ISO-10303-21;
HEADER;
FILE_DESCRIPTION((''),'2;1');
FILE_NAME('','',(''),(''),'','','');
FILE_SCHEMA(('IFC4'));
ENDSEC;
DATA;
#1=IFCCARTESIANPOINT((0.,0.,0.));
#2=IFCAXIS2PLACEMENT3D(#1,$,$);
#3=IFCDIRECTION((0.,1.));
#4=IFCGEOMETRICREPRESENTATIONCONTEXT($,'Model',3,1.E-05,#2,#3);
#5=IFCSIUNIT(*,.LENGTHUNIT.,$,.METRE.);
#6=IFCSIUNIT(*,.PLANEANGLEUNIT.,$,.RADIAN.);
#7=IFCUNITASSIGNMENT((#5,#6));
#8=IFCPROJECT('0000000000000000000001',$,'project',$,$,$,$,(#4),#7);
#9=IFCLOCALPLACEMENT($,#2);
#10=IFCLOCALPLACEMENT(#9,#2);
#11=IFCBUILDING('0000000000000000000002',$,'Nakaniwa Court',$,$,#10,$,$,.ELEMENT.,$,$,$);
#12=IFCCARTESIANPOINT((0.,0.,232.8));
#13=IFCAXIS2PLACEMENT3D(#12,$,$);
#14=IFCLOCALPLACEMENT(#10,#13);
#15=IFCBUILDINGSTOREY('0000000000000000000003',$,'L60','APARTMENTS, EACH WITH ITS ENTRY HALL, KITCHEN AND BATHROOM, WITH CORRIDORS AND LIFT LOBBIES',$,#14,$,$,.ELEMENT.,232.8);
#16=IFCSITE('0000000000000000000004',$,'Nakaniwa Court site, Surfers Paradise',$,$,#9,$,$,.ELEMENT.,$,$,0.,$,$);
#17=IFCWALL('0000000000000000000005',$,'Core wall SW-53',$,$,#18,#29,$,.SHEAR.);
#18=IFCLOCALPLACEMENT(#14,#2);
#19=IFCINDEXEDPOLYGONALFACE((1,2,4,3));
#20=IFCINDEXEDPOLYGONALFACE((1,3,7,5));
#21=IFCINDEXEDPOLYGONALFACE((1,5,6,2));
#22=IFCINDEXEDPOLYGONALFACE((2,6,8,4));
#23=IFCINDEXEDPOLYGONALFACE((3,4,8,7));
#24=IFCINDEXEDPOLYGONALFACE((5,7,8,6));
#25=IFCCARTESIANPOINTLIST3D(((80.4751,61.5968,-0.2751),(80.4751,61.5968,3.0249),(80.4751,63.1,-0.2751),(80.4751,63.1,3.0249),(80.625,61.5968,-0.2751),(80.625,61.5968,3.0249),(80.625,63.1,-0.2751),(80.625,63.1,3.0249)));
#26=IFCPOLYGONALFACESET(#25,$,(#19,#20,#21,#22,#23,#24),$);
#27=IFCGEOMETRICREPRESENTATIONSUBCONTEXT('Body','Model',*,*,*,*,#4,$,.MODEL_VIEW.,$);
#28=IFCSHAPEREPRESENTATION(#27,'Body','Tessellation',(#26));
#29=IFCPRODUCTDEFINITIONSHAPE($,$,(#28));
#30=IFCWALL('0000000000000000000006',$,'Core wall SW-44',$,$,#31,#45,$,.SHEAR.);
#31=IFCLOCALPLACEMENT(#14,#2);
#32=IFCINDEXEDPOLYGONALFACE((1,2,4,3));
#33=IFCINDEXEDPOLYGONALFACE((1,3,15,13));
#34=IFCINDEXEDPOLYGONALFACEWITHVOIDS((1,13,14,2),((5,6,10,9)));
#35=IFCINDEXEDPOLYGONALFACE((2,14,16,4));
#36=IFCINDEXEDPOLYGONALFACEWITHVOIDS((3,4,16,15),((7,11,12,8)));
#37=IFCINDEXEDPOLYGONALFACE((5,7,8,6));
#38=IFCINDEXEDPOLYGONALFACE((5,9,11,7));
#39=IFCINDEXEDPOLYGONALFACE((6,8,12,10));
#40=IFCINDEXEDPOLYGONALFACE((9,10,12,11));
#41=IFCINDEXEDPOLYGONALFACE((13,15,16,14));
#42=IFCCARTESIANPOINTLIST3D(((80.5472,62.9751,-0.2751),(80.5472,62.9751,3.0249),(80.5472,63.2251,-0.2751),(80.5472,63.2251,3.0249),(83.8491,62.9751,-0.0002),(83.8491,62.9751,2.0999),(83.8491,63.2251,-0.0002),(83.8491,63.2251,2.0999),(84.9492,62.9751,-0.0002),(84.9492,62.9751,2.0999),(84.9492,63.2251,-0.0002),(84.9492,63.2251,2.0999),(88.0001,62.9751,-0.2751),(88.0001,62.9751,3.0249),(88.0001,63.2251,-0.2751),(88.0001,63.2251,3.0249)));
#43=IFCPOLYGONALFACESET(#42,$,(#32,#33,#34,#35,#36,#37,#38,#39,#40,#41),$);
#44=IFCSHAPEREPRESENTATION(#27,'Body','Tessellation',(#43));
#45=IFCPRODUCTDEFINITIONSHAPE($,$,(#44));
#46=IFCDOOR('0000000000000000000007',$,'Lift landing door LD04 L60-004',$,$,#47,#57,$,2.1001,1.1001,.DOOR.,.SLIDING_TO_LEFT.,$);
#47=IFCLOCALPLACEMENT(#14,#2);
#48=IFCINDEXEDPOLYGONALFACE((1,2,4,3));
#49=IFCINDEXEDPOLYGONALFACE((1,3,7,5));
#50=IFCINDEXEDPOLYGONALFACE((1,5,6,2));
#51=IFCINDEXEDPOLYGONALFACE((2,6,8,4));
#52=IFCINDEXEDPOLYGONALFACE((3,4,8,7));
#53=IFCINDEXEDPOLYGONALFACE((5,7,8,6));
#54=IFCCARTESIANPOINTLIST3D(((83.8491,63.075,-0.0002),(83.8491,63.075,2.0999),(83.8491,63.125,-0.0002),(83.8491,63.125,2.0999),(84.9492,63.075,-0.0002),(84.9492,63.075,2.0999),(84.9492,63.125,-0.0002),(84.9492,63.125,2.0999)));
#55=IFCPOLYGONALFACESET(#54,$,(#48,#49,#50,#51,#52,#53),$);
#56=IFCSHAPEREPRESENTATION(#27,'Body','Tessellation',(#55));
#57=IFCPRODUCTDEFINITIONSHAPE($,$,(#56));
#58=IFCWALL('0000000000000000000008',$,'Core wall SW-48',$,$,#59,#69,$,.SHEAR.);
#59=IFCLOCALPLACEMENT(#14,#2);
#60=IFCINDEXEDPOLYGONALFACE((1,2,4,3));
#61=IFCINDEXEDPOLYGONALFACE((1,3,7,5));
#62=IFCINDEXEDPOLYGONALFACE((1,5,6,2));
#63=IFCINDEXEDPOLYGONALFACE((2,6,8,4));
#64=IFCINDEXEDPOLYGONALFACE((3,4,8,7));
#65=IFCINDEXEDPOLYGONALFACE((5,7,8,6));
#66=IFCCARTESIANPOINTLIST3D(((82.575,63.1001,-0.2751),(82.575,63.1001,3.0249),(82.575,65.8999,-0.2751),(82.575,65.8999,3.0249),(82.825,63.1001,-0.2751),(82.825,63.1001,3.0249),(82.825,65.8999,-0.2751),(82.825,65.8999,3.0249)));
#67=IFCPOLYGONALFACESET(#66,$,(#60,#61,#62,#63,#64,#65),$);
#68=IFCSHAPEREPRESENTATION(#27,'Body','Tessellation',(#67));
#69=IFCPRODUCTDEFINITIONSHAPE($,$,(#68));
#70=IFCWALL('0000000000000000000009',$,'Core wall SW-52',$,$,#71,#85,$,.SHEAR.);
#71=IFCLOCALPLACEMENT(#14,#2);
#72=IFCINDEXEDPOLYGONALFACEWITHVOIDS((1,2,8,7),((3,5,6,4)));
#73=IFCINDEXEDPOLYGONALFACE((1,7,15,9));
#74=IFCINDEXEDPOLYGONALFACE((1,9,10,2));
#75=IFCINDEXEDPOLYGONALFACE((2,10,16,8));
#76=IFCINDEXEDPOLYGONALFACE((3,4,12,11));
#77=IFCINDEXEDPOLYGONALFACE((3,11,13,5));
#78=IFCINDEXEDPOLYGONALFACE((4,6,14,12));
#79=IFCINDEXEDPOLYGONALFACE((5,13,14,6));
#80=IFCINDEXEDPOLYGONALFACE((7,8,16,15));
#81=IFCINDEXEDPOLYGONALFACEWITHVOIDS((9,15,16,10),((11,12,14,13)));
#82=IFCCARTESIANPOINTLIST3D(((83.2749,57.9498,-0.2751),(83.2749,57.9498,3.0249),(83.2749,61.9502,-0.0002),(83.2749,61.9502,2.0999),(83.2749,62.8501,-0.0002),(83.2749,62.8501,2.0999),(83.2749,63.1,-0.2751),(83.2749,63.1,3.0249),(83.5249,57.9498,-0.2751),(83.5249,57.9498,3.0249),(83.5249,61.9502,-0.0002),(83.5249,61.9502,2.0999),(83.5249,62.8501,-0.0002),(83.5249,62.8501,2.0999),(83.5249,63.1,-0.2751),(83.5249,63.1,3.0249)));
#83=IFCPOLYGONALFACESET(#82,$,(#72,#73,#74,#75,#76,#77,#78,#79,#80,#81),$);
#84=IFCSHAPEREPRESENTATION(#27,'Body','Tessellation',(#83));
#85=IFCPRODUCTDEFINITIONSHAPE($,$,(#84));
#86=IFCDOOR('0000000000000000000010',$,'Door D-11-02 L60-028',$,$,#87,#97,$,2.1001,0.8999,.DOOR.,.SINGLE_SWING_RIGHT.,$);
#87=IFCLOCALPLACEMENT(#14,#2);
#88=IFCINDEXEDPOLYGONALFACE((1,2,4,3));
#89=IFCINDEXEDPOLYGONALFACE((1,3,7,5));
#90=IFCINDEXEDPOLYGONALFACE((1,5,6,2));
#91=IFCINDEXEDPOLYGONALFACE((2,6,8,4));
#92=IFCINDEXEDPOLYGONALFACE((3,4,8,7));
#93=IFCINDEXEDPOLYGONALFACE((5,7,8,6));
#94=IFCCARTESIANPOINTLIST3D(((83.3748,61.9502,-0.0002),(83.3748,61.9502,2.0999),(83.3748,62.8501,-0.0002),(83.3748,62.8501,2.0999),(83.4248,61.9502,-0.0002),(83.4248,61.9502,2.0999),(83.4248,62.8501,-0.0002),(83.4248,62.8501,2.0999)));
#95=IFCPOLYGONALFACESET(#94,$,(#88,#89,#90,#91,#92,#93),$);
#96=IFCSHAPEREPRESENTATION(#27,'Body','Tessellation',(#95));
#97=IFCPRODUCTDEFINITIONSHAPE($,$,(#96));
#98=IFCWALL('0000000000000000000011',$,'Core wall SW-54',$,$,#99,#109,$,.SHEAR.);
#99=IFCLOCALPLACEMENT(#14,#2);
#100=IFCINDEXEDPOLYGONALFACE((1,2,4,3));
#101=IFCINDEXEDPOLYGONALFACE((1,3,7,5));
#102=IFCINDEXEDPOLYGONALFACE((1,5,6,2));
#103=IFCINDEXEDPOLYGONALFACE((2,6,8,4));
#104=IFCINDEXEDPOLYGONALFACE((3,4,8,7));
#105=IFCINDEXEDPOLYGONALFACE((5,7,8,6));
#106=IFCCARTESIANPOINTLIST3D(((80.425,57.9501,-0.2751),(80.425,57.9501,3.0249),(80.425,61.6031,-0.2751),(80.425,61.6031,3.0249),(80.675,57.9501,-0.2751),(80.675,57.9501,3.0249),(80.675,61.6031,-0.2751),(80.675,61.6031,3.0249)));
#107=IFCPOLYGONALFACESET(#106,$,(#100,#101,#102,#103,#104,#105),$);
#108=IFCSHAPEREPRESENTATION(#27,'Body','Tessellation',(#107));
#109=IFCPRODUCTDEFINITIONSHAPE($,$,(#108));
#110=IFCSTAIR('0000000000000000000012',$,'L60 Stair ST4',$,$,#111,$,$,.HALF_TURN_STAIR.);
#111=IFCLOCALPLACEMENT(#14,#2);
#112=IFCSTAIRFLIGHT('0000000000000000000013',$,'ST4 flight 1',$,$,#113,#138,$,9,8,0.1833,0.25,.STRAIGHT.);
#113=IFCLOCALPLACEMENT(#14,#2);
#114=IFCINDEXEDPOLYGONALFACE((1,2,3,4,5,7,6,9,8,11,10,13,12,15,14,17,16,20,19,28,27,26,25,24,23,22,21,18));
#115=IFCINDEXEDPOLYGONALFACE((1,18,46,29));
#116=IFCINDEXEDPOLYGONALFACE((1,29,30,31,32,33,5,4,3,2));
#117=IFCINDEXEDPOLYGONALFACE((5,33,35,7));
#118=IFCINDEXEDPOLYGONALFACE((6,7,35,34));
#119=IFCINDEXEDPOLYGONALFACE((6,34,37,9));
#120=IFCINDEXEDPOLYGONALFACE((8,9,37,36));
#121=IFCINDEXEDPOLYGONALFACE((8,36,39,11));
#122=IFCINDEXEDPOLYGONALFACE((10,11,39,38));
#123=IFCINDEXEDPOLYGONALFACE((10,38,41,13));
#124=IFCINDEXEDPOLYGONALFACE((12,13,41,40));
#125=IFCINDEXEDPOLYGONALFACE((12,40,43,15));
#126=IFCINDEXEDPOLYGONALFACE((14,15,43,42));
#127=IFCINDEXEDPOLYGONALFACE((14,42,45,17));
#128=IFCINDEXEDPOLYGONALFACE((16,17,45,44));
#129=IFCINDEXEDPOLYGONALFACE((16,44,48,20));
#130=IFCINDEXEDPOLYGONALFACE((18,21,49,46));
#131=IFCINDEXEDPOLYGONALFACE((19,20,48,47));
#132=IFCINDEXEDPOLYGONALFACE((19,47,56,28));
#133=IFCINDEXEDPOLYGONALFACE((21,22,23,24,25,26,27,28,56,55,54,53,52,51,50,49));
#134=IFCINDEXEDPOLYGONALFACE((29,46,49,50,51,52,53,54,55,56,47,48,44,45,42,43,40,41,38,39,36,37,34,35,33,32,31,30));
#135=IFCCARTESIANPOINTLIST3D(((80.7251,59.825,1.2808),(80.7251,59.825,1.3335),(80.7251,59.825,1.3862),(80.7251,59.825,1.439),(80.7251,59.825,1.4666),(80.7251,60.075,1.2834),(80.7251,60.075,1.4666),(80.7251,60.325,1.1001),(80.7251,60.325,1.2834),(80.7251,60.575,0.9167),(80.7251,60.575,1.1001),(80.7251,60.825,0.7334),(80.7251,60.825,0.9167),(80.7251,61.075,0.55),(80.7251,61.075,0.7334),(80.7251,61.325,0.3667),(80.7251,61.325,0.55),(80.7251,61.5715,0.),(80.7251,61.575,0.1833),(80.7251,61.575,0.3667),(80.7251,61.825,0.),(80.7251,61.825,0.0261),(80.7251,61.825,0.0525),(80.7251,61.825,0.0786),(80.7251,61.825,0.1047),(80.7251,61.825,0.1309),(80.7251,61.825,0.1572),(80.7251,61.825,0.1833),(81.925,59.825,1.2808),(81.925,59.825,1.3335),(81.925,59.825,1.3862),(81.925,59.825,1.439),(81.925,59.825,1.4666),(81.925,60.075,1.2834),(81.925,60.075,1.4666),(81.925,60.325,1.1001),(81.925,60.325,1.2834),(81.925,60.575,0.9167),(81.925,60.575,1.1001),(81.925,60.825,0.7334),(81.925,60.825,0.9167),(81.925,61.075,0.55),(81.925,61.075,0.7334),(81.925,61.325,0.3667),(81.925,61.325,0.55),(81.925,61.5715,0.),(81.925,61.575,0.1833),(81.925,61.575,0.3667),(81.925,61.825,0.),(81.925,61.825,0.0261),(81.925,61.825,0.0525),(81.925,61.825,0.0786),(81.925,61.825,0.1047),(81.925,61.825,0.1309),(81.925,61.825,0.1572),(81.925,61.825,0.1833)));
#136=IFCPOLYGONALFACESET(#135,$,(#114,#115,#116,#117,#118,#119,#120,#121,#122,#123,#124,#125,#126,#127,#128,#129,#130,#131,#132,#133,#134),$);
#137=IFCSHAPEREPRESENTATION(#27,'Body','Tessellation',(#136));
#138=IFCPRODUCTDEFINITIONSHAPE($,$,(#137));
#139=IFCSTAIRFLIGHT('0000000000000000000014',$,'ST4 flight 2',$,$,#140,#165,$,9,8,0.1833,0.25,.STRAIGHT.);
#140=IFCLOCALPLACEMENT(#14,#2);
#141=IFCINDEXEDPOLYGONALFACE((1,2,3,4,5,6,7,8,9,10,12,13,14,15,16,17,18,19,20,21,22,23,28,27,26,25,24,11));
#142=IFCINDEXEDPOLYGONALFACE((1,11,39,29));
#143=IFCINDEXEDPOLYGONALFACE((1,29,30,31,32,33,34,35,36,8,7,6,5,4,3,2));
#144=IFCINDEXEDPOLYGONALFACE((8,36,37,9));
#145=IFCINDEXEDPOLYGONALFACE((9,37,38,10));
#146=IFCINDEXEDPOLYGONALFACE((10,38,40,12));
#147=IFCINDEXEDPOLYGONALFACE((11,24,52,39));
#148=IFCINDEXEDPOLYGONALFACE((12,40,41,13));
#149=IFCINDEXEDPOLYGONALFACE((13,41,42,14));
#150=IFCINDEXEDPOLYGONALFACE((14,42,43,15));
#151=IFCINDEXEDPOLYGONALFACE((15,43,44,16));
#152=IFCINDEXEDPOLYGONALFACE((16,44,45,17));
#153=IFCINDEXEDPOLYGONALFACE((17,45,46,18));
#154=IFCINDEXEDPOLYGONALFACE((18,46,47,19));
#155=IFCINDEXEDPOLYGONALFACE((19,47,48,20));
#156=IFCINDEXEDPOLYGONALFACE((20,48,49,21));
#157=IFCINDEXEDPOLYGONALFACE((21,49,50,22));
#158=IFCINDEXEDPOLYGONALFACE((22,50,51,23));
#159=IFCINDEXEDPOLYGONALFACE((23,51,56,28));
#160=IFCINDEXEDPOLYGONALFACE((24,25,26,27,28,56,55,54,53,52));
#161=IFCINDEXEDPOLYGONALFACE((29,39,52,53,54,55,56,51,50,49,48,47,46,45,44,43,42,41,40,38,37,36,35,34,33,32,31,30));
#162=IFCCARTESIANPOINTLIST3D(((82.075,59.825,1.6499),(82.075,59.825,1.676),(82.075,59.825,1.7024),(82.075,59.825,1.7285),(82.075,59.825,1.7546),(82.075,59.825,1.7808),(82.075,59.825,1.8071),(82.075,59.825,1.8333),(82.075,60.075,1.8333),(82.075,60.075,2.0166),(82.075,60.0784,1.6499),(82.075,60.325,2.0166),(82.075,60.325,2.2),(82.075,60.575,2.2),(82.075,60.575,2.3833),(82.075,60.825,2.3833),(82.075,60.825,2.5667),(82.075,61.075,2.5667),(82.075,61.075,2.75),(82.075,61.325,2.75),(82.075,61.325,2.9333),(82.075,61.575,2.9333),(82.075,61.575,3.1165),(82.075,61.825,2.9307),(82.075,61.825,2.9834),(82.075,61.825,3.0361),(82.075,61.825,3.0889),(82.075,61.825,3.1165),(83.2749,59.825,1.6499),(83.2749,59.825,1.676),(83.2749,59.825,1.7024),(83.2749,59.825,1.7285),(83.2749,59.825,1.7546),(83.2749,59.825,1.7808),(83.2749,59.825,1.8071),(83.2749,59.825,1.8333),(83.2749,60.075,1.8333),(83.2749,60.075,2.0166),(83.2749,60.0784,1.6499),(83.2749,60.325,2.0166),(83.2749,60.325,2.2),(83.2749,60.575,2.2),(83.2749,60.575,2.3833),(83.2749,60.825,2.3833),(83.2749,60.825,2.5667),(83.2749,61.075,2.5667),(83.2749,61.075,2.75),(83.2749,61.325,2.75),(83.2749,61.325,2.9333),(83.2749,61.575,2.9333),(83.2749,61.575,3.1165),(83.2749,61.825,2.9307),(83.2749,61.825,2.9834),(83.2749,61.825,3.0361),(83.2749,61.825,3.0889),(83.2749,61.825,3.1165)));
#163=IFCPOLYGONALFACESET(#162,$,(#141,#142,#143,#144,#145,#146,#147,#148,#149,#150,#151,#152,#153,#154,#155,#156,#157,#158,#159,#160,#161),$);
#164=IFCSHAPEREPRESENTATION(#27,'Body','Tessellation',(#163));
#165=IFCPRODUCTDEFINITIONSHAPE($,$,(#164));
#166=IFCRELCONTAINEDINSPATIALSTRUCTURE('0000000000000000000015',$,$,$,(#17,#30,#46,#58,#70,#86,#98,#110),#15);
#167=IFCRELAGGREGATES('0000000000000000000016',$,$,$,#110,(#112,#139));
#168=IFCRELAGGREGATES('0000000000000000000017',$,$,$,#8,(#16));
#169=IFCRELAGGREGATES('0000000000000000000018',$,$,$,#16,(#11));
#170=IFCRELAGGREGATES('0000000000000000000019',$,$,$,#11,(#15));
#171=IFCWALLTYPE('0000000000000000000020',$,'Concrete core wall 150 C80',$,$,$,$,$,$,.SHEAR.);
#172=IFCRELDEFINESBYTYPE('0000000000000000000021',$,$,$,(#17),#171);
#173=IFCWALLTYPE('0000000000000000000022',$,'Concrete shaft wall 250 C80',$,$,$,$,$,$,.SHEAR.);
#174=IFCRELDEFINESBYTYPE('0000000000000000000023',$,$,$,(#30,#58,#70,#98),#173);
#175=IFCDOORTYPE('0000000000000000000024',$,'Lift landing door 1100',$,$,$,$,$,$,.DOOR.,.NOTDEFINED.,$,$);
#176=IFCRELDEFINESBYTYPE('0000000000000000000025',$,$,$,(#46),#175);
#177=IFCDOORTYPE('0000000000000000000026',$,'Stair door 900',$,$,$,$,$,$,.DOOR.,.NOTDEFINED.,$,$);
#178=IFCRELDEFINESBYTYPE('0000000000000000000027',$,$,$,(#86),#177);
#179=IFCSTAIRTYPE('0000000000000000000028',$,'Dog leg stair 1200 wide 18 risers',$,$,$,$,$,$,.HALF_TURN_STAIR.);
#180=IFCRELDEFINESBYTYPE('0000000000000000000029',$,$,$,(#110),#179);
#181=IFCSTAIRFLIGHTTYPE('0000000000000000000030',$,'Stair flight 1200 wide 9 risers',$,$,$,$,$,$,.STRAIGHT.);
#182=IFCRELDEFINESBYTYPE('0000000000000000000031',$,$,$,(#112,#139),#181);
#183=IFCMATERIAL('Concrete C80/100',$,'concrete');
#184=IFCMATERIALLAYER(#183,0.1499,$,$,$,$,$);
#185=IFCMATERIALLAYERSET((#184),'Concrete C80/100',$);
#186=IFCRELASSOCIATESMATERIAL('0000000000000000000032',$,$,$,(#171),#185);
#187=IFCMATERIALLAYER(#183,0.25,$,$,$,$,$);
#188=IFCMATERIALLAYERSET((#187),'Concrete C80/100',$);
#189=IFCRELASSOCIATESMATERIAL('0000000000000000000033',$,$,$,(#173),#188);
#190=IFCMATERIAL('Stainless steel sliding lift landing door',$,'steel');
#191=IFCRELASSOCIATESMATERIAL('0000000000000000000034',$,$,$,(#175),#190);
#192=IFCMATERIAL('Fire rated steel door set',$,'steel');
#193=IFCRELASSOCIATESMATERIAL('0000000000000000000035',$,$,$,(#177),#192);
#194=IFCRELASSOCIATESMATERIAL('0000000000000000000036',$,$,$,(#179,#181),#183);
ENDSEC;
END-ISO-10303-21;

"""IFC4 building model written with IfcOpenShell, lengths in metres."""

from ifc_helpers import new_model, si_unit, direction, frame, frame_2d, origin, place, context, subcontext, project, spatial, polyline, rectangle, outline, extrude, material, layer, layer_set, type_object, element, fill, aggregate, save


model = new_model("IFC4")

# Units and contexts
model_context = context("Model", 3, precision=1e-05, world=origin(), true_north=direction((0.0, 1.0)))
body_context = subcontext(model_context, "Body", "Model", "MODEL_VIEW")
ifc_project = project(units=[si_unit("LENGTHUNIT", "METRE"), si_unit("PLANEANGLEUNIT", "RADIAN")], contexts=[model_context])

# Site, building, storey
site_placement = place(None, origin())
site = spatial("IfcSite", under=ifc_project, at=site_placement, Name="Nakaniwa Court site, Surfers Paradise", CompositionType="ELEMENT", RefElevation=0.0)
building_placement = place(site_placement, origin())
building = spatial("IfcBuilding", under=site, at=building_placement, Name="Nakaniwa Court", CompositionType="ELEMENT")
storey_placement = place(building_placement, frame((0.0, 0.0, 232.8)))
storey = spatial("IfcBuildingStorey", under=building, at=storey_placement, Name="L60", Description="APARTMENTS, EACH WITH ITS ENTRY HALL, KITCHEN AND BATHROOM, WITH CORRIDORS AND LIFT LOBBIES", CompositionType="ELEMENT", Elevation=232.8)

# Shared definitions
ifc_material_1 = material(Name="Concrete C80/100", Category="concrete")

# Shared definitions
ifc_material_2 = material(Name="Fire rated steel door set", Category="steel")

# Wall
ifc_layer_1 = layer(ifc_material_1, 0.1499)
ifc_layer_set_1 = layer_set([ifc_layer_1], Name="Concrete C80/100")
wall_type_1 = type_object("IfcWallType", Name="Concrete core wall 150 C80", PredefinedType="SHEAR", material=ifc_layer_set_1)
wall_1_placement = place(storey_placement, frame((80.55, 61.5969, -0.2751), z_axis=(0.0, 0.0, 1.0), x_axis=(0.0, 1.0, 0.0)))
element("IfcWall", 1, at=wall_1_placement, inside=storey, type_object=wall_type_1, Name="Core wall SW-53", PredefinedType="SHEAR", context=body_context, shape_type="SweptSolid", body=[
    extrude(rectangle(XDim=1.5032, YDim=0.1499, at=frame_2d((0.7515, 0.0))), origin(), (0.0, 0.0, 1.0), 3.3),
])

# Wall, opening, door
ifc_layer_2 = layer(ifc_material_1, 0.25)
ifc_layer_set_2 = layer_set([ifc_layer_2], Name="Concrete C80/100")
wall_type_2 = type_object("IfcWallType", Name="Concrete shaft wall 250 C80", PredefinedType="SHEAR", material=ifc_layer_set_2)
wall_2_placement = place(storey_placement, frame((80.5471, 63.1001, -0.2751), z_axis=(0.0, 0.0, 1.0), x_axis=(1.0, 0.0, 0.0)))
wall_2 = element("IfcWall", 2, at=wall_2_placement, inside=storey, type_object=wall_type_2, Name="Core wall SW-44", PredefinedType="SHEAR", context=body_context, shape_type="SweptSolid", body=[
    extrude(rectangle(XDim=7.4529, YDim=0.25, at=frame_2d((3.7266, 0.0))), origin(), (0.0, 0.0, 1.0), 3.3),
])
opening_1_placement = place(wall_2_placement, frame((3.302, 0.0, 0.2749)))
opening_1 = element("IfcOpeningElement", 3, at=opening_1_placement, cuts=wall_2, PredefinedType="OPENING", context=body_context, shape_type="SweptSolid", body=[
    extrude(rectangle(XDim=1.1001, YDim=2.1001, at=frame_2d((0.55, 1.05))), frame((0.0, 0.135, 0.0), z_axis=(0.0, -1.0, 0.0), x_axis=(1.0, 0.0, 0.0)), (0.0, 0.0, 1.0), 0.27),
])
ifc_material_3 = material(Name="Stainless steel sliding lift landing door", Category="steel")
door_type_1 = type_object("IfcDoorType", Name="Lift landing door 1100", OperationType="NOTDEFINED", PredefinedType="DOOR", material=ifc_material_3)
door_1_placement = place(opening_1_placement, origin())
door_1 = element("IfcDoor", 4, at=door_1_placement, inside=storey, type_object=door_type_1, Name="Lift landing door LD04 L60-004", OperationType="SLIDING_TO_LEFT", OverallHeight=2.1001, OverallWidth=1.1001, PredefinedType="DOOR", context=body_context, shape_type="SweptSolid", body=[
    extrude(rectangle(XDim=1.1001, YDim=2.1001, at=frame_2d((0.55, 1.05))), frame((0.0, 0.0249, 0.0), z_axis=(0.0, -1.0, 0.0), x_axis=(1.0, 0.0, 0.0)), (0.0, 0.0, 1.0), 0.05),
])
fill(opening_1, door_1)

# Wall
wall_3_placement = place(storey_placement, frame((82.7, 63.1001, -0.2751), z_axis=(0.0, 0.0, 1.0), x_axis=(0.0, 1.0, 0.0)))
element("IfcWall", 5, at=wall_3_placement, inside=storey, type_object=wall_type_2, Name="Core wall SW-48", PredefinedType="SHEAR", context=body_context, shape_type="SweptSolid", body=[
    extrude(rectangle(XDim=2.7998, YDim=0.25, at=frame_2d((1.3999, 0.0))), origin(), (0.0, 0.0, 1.0), 3.3),
])

# Wall, opening, door
wall_4_placement = place(storey_placement, frame((83.3999, 63.1001, -0.2751), z_axis=(0.0, 0.0, 1.0), x_axis=(0.0, -1.0, 0.0)))
wall_4 = element("IfcWall", 6, at=wall_4_placement, inside=storey, type_object=wall_type_2, Name="Core wall SW-52", PredefinedType="SHEAR", context=body_context, shape_type="SweptSolid", body=[
    extrude(rectangle(XDim=5.1501, YDim=0.25, at=frame_2d((2.5752, 0.0))), origin(), (0.0, 0.0, 1.0), 3.3),
])
opening_2_placement = place(wall_4_placement, frame((0.25, 0.0, 0.2749)))
opening_2 = element("IfcOpeningElement", 7, at=opening_2_placement, cuts=wall_4, PredefinedType="OPENING", context=body_context, shape_type="SweptSolid", body=[
    extrude(rectangle(XDim=0.8999, YDim=2.1001, at=frame_2d((0.45, 1.05))), frame((0.0, 0.135, 0.0), z_axis=(0.0, -1.0, 0.0), x_axis=(1.0, 0.0, 0.0)), (0.0, 0.0, 1.0), 0.27),
])
door_type_2 = type_object("IfcDoorType", Name="Stair door 900", OperationType="NOTDEFINED", PredefinedType="DOOR", material=ifc_material_2)
door_2_placement = place(opening_2_placement, origin())
door_2 = element("IfcDoor", 8, at=door_2_placement, inside=storey, type_object=door_type_2, Name="Door D-11-02 L60-028", OperationType="SINGLE_SWING_RIGHT", OverallHeight=2.1001, OverallWidth=0.8999, PredefinedType="DOOR", context=body_context, shape_type="SweptSolid", body=[
    extrude(rectangle(XDim=0.8999, YDim=2.1001, at=frame_2d((0.45, 1.05))), frame((0.0, 0.0249, 0.0), z_axis=(0.0, -1.0, 0.0), x_axis=(1.0, 0.0, 0.0)), (0.0, 0.0, 1.0), 0.05),
])
fill(opening_2, door_2)

# Wall
wall_5_placement = place(storey_placement, frame((80.55, 57.95, -0.2751), z_axis=(0.0, 0.0, 1.0), x_axis=(0.0, 1.0, 0.0)))
element("IfcWall", 9, at=wall_5_placement, inside=storey, type_object=wall_type_2, Name="Core wall SW-54", PredefinedType="SHEAR", context=body_context, shape_type="SweptSolid", body=[
    extrude(rectangle(XDim=3.6531, YDim=0.25, at=frame_2d((1.8267, 0.0))), origin(), (0.0, 0.0, 1.0), 3.3),
])

# Stair, stair flights
stair_type = type_object("IfcStairType", Name="Dog leg stair 1200 wide 18 risers", PredefinedType="HALF_TURN_STAIR", material=ifc_material_1)
stair_placement = place(storey_placement, origin())
stair = element("IfcStair", 10, at=stair_placement, inside=storey, type_object=stair_type, Name="L60 Stair ST4", PredefinedType="HALF_TURN_STAIR")
stair_flight_type = type_object("IfcStairFlightType", Name="Stair flight 1200 wide 9 risers", PredefinedType="STRAIGHT", material=ifc_material_1)
stair_flight_1_placement = place(storey_placement, frame((81.325, 61.825, 0.0), z_axis=(0.0, 0.0, 1.0), x_axis=(0.0, -1.0, 0.0)))
stair_flight_1 = element("IfcStairFlight", 11, at=stair_flight_1_placement, type_object=stair_flight_type, Name="ST4 flight 1", NumberOfRisers=9, NumberOfTreads=8, PredefinedType="STRAIGHT", RiserHeight=0.1833, TreadLength=0.25, context=body_context, shape_type="SweptSolid", body=[
    extrude(outline(polyline([(0.0, 0.0), (0.0, 0.0261), (0.0, 0.0525), (0.0, 0.0786), (0.0, 0.1047), (0.0, 0.1309), (0.0, 0.1572), (0.0, 0.1833), (0.25, 0.1833), (0.25, 0.3667), (0.5, 0.3667), (0.5, 0.55), (0.75, 0.55), (0.75, 0.7334), (1.0, 0.7334), (1.0, 0.9167), (1.25, 0.9167), (1.25, 1.1001), (1.5, 1.1001), (1.5, 1.2834), (1.75, 1.2834), (1.75, 1.4666), (2.0, 1.4666), (2.0, 1.6499), (2.0, 1.5972), (2.0, 1.5444), (2.0, 1.4917), (2.0, 1.439), (2.0, 1.3862), (2.0, 1.3335), (2.0, 1.2808), (0.2534, 0.0), (0.0, 0.0)])), frame((0.0, 0.6001, 0.0), z_axis=(0.0, -1.0, 0.0), x_axis=(1.0, 0.0, 0.0)), (0.0, 0.0, 1.0), 1.2),
])
stair_flight_2_placement = place(storey_placement, frame((82.675, 59.825, 1.6499), z_axis=(0.0, 0.0, 1.0), x_axis=(0.0, 1.0, 0.0)))
stair_flight_2 = element("IfcStairFlight", 12, at=stair_flight_2_placement, type_object=stair_flight_type, Name="ST4 flight 2", NumberOfRisers=9, NumberOfTreads=8, PredefinedType="STRAIGHT", RiserHeight=0.1833, TreadLength=0.25, context=body_context, shape_type="SweptSolid", body=[
    extrude(outline(polyline([(0.0, 0.0), (0.0, 0.0261), (0.0, 0.0525), (0.0, 0.0786), (0.0, 0.1047), (0.0, 0.1309), (0.0, 0.1572), (0.0, 0.1833), (0.25, 0.1833), (0.25, 0.3667), (0.5, 0.3667), (0.5, 0.55), (0.75, 0.55), (0.75, 0.7334), (1.0, 0.7334), (1.0, 0.9167), (1.25, 0.9167), (1.25, 1.1001), (1.5, 1.1001), (1.5, 1.2834), (1.75, 1.2834), (1.75, 1.4666), (2.0, 1.4666), (2.0, 1.6499), (2.0, 1.5972), (2.0, 1.5444), (2.0, 1.4917), (2.0, 1.439), (2.0, 1.3862), (2.0, 1.3335), (2.0, 1.2808), (0.2534, 0.0), (0.0, 0.0)])), frame((0.0, 0.6001, 0.0), z_axis=(0.0, -1.0, 0.0), x_axis=(1.0, 0.0, 0.0)), (0.0, 0.0, 1.0), 1.2),
])
aggregate(stair, [stair_flight_1, stair_flight_2])

save(model, "model.ifc")
